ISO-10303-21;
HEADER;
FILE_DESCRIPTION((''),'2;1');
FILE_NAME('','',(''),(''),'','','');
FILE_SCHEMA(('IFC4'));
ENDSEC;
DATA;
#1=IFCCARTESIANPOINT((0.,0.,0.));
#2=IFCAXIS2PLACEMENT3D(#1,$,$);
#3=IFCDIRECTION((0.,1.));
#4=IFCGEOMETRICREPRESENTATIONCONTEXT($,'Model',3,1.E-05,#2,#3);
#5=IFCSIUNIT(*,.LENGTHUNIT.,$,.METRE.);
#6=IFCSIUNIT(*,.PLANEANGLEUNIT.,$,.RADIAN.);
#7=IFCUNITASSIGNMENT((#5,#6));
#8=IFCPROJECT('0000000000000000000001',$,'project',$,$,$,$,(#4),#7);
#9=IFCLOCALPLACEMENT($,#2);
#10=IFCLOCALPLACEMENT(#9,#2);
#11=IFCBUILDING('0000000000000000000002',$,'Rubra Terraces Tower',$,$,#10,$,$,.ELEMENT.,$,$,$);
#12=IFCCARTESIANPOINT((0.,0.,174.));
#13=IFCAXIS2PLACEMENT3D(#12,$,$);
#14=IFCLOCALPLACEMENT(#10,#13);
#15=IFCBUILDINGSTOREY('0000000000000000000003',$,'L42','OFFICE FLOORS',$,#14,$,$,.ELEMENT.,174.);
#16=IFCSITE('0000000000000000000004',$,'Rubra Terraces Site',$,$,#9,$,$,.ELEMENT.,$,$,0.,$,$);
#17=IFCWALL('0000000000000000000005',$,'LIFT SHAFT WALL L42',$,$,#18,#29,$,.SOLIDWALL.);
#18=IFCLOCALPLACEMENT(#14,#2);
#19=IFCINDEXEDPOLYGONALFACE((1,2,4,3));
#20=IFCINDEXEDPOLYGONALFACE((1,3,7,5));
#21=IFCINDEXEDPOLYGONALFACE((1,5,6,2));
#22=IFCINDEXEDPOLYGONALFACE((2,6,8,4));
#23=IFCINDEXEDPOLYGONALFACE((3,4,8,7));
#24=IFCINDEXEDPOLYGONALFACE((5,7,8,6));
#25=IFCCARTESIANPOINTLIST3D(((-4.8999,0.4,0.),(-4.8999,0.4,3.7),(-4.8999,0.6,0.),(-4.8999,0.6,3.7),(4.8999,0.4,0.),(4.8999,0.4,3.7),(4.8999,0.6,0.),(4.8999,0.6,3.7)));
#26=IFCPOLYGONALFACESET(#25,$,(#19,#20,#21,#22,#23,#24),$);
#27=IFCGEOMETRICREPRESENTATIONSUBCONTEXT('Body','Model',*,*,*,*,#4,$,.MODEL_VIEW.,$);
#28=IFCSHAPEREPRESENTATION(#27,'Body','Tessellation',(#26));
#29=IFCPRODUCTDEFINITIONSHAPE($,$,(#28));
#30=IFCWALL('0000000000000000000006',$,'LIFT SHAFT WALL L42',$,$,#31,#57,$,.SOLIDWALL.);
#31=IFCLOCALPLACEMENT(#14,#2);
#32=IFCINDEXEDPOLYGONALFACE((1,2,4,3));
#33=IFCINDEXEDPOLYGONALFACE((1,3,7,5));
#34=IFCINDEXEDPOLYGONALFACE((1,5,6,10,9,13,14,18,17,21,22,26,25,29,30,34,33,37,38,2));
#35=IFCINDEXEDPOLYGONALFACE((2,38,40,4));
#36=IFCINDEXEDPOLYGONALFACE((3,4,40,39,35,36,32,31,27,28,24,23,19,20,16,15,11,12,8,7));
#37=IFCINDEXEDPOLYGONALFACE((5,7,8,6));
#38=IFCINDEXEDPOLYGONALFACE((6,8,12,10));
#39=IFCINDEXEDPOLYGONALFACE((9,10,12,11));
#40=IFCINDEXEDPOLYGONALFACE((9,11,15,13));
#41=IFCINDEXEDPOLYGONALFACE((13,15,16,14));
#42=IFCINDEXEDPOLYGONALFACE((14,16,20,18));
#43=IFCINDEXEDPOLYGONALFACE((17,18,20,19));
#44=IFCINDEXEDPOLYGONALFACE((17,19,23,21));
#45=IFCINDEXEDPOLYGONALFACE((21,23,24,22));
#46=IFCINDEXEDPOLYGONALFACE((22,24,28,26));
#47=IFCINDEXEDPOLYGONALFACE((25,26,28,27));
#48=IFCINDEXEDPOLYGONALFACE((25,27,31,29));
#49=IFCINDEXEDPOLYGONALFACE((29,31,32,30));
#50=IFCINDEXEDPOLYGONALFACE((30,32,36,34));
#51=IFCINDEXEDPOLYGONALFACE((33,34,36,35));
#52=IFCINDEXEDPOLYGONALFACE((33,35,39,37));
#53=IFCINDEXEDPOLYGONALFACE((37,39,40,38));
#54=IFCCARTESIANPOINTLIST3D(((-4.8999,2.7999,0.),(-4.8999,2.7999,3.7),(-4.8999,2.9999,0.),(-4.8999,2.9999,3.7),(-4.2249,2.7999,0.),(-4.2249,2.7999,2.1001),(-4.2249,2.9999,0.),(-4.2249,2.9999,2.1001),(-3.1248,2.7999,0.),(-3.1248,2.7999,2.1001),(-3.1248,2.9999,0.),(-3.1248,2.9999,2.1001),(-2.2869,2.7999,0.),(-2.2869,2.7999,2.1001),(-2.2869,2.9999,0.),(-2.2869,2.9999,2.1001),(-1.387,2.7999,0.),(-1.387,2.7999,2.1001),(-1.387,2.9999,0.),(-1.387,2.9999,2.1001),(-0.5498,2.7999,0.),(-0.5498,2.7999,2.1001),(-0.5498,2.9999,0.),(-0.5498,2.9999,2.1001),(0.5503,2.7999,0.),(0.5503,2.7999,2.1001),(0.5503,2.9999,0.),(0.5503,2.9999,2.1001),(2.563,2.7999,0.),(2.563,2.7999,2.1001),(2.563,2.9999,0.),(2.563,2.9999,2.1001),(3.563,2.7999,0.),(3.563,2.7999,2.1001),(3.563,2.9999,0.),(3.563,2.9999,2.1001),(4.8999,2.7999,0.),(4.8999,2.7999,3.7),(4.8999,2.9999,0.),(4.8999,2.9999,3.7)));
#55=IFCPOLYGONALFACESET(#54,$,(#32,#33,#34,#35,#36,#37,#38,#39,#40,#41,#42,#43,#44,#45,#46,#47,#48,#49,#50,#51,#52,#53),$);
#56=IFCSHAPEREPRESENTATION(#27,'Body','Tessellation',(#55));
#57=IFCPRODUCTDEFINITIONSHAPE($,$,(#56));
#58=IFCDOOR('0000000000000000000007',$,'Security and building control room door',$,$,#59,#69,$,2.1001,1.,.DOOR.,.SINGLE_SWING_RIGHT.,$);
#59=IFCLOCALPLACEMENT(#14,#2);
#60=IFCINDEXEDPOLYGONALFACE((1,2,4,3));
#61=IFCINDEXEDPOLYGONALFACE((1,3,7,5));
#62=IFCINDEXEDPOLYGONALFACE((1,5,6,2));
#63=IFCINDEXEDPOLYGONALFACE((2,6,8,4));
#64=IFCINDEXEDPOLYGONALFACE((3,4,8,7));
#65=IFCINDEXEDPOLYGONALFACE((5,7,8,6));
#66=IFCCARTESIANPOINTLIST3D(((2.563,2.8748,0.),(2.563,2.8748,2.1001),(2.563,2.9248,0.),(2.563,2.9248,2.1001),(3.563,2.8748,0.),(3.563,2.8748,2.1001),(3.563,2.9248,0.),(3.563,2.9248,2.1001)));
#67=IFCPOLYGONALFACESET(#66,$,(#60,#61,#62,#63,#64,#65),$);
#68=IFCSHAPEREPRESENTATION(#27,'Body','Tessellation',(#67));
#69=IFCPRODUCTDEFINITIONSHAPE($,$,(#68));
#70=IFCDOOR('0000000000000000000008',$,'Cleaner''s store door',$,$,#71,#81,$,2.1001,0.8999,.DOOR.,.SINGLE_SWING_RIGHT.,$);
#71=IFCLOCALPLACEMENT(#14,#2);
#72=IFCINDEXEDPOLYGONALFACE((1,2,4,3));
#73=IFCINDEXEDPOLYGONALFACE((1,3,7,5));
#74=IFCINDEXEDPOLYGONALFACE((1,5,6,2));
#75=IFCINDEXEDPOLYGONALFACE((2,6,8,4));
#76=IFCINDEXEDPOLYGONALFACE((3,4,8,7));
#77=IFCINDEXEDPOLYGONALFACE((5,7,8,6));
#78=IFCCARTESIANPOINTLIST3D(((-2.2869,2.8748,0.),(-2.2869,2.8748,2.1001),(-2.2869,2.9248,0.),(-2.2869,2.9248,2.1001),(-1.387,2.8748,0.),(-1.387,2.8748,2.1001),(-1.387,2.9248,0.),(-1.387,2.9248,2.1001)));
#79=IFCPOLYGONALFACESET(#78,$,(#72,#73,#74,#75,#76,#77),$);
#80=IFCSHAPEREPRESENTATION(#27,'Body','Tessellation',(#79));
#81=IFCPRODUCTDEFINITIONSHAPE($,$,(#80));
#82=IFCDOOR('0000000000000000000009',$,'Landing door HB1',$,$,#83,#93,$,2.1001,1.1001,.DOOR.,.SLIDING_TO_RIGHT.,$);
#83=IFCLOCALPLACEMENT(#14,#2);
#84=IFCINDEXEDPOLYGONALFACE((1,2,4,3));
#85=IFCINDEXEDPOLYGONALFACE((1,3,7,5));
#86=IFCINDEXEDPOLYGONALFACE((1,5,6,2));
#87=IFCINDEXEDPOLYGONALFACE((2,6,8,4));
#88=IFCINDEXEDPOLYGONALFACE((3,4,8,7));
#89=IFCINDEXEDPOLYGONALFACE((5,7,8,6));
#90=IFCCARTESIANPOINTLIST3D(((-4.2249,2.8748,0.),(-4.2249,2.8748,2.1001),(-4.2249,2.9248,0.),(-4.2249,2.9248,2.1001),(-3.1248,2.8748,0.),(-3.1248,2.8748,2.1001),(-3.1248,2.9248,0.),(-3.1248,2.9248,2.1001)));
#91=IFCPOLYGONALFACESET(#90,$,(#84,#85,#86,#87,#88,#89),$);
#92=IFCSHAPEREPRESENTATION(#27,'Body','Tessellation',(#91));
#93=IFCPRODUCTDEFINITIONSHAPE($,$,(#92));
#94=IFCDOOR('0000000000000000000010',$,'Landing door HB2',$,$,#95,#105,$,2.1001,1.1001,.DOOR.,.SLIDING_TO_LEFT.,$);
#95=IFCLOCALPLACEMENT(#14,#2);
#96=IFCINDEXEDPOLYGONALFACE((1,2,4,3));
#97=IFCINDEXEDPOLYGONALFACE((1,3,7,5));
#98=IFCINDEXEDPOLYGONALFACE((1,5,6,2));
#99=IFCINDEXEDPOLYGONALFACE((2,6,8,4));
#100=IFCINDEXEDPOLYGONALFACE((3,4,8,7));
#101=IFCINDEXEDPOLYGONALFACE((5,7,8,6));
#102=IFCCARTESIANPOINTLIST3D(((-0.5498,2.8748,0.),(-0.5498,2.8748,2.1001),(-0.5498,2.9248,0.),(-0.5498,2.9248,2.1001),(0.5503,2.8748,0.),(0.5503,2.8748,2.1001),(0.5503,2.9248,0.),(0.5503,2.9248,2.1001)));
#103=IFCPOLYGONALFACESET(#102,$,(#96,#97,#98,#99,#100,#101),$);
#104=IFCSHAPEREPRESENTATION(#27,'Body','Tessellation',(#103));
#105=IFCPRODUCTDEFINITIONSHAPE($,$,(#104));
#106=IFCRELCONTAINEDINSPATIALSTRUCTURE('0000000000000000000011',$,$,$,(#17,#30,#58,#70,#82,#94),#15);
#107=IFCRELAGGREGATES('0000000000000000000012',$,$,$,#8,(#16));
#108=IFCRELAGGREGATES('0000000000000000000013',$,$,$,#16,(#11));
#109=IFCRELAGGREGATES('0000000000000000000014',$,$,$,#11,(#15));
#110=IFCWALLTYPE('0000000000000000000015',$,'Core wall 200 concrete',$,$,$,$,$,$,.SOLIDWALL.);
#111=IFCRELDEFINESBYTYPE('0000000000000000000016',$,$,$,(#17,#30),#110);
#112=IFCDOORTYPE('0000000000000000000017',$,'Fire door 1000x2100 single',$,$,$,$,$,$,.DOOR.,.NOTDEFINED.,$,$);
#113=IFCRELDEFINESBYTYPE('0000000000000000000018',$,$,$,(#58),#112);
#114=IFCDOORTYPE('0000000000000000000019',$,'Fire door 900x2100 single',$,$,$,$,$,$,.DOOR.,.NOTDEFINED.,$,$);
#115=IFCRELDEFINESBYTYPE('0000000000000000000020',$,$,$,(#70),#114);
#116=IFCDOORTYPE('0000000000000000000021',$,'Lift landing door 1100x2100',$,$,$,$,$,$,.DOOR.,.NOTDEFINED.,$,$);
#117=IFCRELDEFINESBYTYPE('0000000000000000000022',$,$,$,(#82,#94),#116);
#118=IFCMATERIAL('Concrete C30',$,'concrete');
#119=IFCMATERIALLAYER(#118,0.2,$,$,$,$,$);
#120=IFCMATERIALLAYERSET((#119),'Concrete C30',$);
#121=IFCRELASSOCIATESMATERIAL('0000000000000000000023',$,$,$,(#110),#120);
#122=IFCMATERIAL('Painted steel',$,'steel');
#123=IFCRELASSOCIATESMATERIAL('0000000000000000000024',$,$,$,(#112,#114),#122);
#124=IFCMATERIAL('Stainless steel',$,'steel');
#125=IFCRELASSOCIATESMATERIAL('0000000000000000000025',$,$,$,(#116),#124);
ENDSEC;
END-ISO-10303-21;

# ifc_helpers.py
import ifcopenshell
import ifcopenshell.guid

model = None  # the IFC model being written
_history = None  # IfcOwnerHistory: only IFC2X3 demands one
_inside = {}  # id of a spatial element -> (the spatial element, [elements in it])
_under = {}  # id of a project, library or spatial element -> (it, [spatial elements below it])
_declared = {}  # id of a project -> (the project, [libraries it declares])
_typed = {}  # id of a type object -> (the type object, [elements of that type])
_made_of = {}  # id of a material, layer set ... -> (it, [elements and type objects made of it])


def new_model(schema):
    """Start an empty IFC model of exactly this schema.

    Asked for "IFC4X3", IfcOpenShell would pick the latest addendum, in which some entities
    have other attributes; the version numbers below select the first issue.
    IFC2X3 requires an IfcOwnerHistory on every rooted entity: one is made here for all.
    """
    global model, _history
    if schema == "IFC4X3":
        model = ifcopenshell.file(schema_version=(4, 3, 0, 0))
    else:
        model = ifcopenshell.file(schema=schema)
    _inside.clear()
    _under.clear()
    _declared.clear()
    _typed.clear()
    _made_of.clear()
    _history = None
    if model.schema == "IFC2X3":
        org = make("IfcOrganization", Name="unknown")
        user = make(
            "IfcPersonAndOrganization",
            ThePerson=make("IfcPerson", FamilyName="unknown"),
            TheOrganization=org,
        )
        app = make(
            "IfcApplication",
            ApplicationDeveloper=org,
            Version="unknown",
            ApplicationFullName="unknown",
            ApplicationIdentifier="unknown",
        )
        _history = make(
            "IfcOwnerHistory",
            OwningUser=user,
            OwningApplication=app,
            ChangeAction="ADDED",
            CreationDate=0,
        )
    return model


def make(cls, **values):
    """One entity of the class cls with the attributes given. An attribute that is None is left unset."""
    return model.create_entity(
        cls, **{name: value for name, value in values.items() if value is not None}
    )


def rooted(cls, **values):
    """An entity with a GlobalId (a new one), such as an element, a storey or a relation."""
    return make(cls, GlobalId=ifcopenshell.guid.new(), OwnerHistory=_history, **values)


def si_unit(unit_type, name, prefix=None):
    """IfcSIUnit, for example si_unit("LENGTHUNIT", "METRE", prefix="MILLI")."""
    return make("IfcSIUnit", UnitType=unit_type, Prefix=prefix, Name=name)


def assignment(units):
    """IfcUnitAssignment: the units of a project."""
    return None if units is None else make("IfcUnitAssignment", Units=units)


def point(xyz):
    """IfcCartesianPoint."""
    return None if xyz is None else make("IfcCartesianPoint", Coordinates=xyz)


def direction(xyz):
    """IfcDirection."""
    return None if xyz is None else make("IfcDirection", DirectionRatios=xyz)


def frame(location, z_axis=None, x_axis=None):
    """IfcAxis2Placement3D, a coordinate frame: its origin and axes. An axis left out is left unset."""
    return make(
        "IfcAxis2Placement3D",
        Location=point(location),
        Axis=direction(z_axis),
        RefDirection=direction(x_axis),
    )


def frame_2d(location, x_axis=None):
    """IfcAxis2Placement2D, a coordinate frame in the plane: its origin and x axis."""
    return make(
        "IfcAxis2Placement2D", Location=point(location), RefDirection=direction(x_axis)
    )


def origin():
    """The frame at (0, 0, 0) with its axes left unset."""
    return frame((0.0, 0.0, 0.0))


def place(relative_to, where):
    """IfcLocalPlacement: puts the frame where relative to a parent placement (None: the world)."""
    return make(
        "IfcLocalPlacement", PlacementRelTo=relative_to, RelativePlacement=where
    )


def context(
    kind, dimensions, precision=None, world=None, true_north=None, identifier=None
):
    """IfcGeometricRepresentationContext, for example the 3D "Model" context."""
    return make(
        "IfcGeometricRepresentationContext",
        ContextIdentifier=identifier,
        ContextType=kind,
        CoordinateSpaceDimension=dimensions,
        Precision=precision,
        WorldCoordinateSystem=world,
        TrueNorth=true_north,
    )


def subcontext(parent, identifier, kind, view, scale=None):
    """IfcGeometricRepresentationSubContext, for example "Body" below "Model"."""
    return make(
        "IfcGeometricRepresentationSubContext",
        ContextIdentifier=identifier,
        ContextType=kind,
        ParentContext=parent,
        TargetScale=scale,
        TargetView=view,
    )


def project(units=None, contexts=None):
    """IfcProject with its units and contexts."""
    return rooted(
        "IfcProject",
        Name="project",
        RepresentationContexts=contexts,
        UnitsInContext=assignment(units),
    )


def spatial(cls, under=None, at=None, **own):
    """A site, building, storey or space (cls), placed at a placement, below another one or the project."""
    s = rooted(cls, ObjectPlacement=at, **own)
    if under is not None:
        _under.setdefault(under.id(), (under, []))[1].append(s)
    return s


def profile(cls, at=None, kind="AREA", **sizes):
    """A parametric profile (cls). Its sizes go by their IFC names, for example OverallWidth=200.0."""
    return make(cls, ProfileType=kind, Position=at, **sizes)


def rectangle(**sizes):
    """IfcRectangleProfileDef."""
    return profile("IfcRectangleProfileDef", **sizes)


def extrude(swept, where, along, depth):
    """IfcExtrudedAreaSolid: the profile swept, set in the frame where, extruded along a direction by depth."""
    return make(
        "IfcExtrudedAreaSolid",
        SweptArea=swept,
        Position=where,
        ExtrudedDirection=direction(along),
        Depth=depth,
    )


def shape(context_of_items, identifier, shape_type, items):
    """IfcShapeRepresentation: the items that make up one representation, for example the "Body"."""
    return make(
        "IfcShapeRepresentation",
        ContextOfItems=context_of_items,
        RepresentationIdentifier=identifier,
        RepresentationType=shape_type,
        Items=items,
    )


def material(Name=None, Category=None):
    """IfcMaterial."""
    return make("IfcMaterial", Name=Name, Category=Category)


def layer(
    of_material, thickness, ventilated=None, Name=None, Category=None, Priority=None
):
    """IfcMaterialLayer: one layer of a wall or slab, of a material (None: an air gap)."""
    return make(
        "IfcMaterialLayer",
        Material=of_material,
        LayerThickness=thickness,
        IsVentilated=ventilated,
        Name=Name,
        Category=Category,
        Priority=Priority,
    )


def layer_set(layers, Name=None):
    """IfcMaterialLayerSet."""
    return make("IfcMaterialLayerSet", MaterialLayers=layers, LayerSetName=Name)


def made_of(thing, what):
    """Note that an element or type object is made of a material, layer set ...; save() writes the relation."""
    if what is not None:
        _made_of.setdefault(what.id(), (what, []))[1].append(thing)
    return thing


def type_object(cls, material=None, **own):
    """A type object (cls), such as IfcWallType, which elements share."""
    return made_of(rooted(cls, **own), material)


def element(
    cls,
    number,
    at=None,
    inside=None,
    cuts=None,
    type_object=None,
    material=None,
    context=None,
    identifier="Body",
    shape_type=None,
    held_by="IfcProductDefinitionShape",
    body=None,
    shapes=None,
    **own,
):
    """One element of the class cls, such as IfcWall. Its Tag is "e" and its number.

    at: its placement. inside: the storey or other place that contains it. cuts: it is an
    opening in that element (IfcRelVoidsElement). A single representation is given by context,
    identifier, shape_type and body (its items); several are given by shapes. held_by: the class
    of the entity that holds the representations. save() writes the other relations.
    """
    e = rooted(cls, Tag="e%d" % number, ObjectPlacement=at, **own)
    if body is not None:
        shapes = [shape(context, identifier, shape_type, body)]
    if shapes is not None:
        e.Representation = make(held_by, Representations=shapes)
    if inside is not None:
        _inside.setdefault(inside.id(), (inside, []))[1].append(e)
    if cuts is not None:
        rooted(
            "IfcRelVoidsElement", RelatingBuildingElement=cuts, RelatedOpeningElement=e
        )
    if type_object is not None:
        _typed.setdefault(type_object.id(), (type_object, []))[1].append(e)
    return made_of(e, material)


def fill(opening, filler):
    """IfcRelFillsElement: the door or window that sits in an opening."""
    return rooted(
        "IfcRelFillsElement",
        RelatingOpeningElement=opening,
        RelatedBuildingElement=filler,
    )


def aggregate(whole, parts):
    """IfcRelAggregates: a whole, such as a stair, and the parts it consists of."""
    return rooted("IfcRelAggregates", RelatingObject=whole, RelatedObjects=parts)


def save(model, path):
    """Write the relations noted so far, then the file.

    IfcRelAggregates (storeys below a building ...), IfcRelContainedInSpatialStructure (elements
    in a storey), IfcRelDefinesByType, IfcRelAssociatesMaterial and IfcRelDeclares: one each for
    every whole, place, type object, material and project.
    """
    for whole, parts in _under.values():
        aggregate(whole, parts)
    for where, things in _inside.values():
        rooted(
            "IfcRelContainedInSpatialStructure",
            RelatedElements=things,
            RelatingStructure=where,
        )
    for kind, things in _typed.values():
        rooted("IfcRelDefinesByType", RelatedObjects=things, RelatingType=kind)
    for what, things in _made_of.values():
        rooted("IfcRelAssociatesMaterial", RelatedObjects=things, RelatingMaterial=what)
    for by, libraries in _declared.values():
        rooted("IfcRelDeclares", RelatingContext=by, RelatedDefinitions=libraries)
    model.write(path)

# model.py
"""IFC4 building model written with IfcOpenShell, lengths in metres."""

from ifc_helpers import new_model, si_unit, direction, frame, frame_2d, origin, place, context, subcontext, project, spatial, rectangle, extrude, material, layer, layer_set, type_object, element, fill, save


model = new_model("IFC4")

# Units and contexts
model_context = context("Model", 3, precision=1e-05, world=origin(), true_north=direction((0.0, 1.0)))
body_context = subcontext(model_context, "Body", "Model", "MODEL_VIEW")
ifc_project = project(units=[si_unit("LENGTHUNIT", "METRE"), si_unit("PLANEANGLEUNIT", "RADIAN")], contexts=[model_context])

# Site, building, storey
site_placement = place(None, origin())
site = spatial("IfcSite", under=ifc_project, at=site_placement, Name="Rubra Terraces Site", CompositionType="ELEMENT", RefElevation=0.0)
building_placement = place(site_placement, origin())
building = spatial("IfcBuilding", under=site, at=building_placement, Name="Rubra Terraces Tower", CompositionType="ELEMENT")
storey_placement = place(building_placement, frame((0.0, 0.0, 174.0)))
storey = spatial("IfcBuildingStorey", under=building, at=storey_placement, Name="L42", Description="OFFICE FLOORS", CompositionType="ELEMENT", Elevation=174.0)

# Wall
ifc_material_1 = material(Name="Concrete C30", Category="concrete")
ifc_layer_1 = layer(ifc_material_1, 0.2)
ifc_layer_set_1 = layer_set([ifc_layer_1], Name="Concrete C30")
wall_type_1 = type_object("IfcWallType", Name="Core wall 200 concrete", PredefinedType="SOLIDWALL", material=ifc_layer_set_1)
wall_1_placement = place(storey_placement, frame((-4.8999, 0.5, 0.0), z_axis=(0.0, 0.0, 1.0), x_axis=(1.0, 0.0, 0.0)))
element("IfcWall", 1, at=wall_1_placement, inside=storey, type_object=wall_type_1, Name="LIFT SHAFT WALL L42", PredefinedType="SOLIDWALL", context=body_context, shape_type="SweptSolid", body=[
    extrude(rectangle(XDim=9.7998, YDim=0.2, at=frame_2d((4.8999, 0.0))), origin(), (0.0, 0.0, 1.0), 3.7),
])

# Wall, openings, doors
wall_2_placement = place(storey_placement, frame((-4.8999, 2.8999, 0.0), z_axis=(0.0, 0.0, 1.0), x_axis=(1.0, 0.0, 0.0)))
wall_2 = element("IfcWall", 2, at=wall_2_placement, inside=storey, type_object=wall_type_1, Name="LIFT SHAFT WALL L42", PredefinedType="SOLIDWALL", context=body_context, shape_type="SweptSolid", body=[
    extrude(rectangle(XDim=9.7998, YDim=0.2, at=frame_2d((4.8999, 0.0))), origin(), (0.0, 0.0, 1.0), 3.7),
])
opening_1_placement = place(wall_2_placement, frame((0.675, 0.0, 0.0)))
opening_1 = element("IfcOpeningElement", 3, at=opening_1_placement, cuts=wall_2, PredefinedType="OPENING", context=body_context, shape_type="SweptSolid", body=[
    extrude(rectangle(XDim=1.1001, YDim=2.1001, at=frame_2d((0.55, 1.05))), frame((0.0, 0.1099, 0.0), z_axis=(0.0, -1.0, 0.0), x_axis=(1.0, 0.0, 0.0)), (0.0, 0.0, 1.0), 0.22),
])
opening_2_placement = place(wall_2_placement, frame((2.613, 0.0, 0.0)))
opening_2 = element("IfcOpeningElement", 4, at=opening_2_placement, cuts=wall_2, PredefinedType="OPENING", context=body_context, shape_type="SweptSolid", body=[
    extrude(rectangle(XDim=0.8999, YDim=2.1001, at=frame_2d((0.45, 1.05))), frame((0.0, 0.1099, 0.0), z_axis=(0.0, -1.0, 0.0), x_axis=(1.0, 0.0, 0.0)), (0.0, 0.0, 1.0), 0.22),
])
opening_3_placement = place(wall_2_placement, frame((4.3501, 0.0, 0.0)))
opening_3 = element("IfcOpeningElement", 5, at=opening_3_placement, cuts=wall_2, PredefinedType="OPENING", context=body_context, shape_type="SweptSolid", body=[
    extrude(rectangle(XDim=1.1001, YDim=2.1001, at=frame_2d((0.55, 1.05))), frame((0.0, 0.1099, 0.0), z_axis=(0.0, -1.0, 0.0), x_axis=(1.0, 0.0, 0.0)), (0.0, 0.0, 1.0), 0.22),
])
opening_4_placement = place(wall_2_placement, frame((7.4629, 0.0, 0.0)))
opening_4 = element("IfcOpeningElement", 6, at=opening_4_placement, cuts=wall_2, PredefinedType="OPENING", context=body_context, shape_type="SweptSolid", body=[
    extrude(rectangle(XDim=1.0, YDim=2.1001, at=frame_2d((0.5, 1.05))), frame((0.0, 0.1099, 0.0), z_axis=(0.0, -1.0, 0.0), x_axis=(1.0, 0.0, 0.0)), (0.0, 0.0, 1.0), 0.22),
])
ifc_material_2 = material(Name="Painted steel", Category="steel")
door_type_1 = type_object("IfcDoorType", Name="Fire door 1000x2100 single", OperationType="NOTDEFINED", PredefinedType="DOOR", material=ifc_material_2)
door_1_placement = place(opening_4_placement, origin())
door_1 = element("IfcDoor", 7, at=door_1_placement, inside=storey, type_object=door_type_1, Name="Security and building control room door", OperationType="SINGLE_SWING_RIGHT", OverallHeight=2.1001, OverallWidth=1.0, PredefinedType="DOOR", context=body_context, shape_type="SweptSolid", body=[
    extrude(rectangle(XDim=1.0, YDim=2.1001, at=frame_2d((0.5, 1.05))), frame((0.0, 0.0249, 0.0), z_axis=(0.0, -1.0, 0.0), x_axis=(1.0, 0.0, 0.0)), (0.0, 0.0, 1.0), 0.05),
])
fill(opening_4, door_1)
door_type_2 = type_object("IfcDoorType", Name="Fire door 900x2100 single", OperationType="NOTDEFINED", PredefinedType="DOOR", material=ifc_material_2)
door_2_placement = place(opening_2_placement, origin())
door_2 = element("IfcDoor", 8, at=door_2_placement, inside=storey, type_object=door_type_2, Name="Cleaner's store door", OperationType="SINGLE_SWING_RIGHT", OverallHeight=2.1001, OverallWidth=0.8999, PredefinedType="DOOR", context=body_context, shape_type="SweptSolid", body=[
    extrude(rectangle(XDim=0.8999, YDim=2.1001, at=frame_2d((0.45, 1.05))), frame((0.0, 0.0249, 0.0), z_axis=(0.0, -1.0, 0.0), x_axis=(1.0, 0.0, 0.0)), (0.0, 0.0, 1.0), 0.05),
])
fill(opening_2, door_2)
ifc_material_3 = material(Name="Stainless steel", Category="steel")
door_type_3 = type_object("IfcDoorType", Name="Lift landing door 1100x2100", OperationType="NOTDEFINED", PredefinedType="DOOR", material=ifc_material_3)
door_3_placement = place(opening_1_placement, origin())
door_3 = element("IfcDoor", 9, at=door_3_placement, inside=storey, type_object=door_type_3, Name="Landing door HB1", OperationType="SLIDING_TO_RIGHT", OverallHeight=2.1001, OverallWidth=1.1001, PredefinedType="DOOR", context=body_context, shape_type="SweptSolid", body=[
    extrude(rectangle(XDim=1.1001, YDim=2.1001, at=frame_2d((0.55, 1.05))), frame((0.0, 0.0249, 0.0), z_axis=(0.0, -1.0, 0.0), x_axis=(1.0, 0.0, 0.0)), (0.0, 0.0, 1.0), 0.05),
])
fill(opening_1, door_3)
door_4_placement = place(opening_3_placement, origin())
door_4 = element("IfcDoor", 10, at=door_4_placement, inside=storey, type_object=door_type_3, Name="Landing door HB2", OperationType="SLIDING_TO_LEFT", OverallHeight=2.1001, OverallWidth=1.1001, PredefinedType="DOOR", context=body_context, shape_type="SweptSolid", body=[
    extrude(rectangle(XDim=1.1001, YDim=2.1001, at=frame_2d((0.55, 1.05))), frame((0.0, 0.0249, 0.0), z_axis=(0.0, -1.0, 0.0), x_axis=(1.0, 0.0, 0.0)), (0.0, 0.0, 1.0), 0.05),
])
fill(opening_3, door_4)

save(model, "model.ifc")
